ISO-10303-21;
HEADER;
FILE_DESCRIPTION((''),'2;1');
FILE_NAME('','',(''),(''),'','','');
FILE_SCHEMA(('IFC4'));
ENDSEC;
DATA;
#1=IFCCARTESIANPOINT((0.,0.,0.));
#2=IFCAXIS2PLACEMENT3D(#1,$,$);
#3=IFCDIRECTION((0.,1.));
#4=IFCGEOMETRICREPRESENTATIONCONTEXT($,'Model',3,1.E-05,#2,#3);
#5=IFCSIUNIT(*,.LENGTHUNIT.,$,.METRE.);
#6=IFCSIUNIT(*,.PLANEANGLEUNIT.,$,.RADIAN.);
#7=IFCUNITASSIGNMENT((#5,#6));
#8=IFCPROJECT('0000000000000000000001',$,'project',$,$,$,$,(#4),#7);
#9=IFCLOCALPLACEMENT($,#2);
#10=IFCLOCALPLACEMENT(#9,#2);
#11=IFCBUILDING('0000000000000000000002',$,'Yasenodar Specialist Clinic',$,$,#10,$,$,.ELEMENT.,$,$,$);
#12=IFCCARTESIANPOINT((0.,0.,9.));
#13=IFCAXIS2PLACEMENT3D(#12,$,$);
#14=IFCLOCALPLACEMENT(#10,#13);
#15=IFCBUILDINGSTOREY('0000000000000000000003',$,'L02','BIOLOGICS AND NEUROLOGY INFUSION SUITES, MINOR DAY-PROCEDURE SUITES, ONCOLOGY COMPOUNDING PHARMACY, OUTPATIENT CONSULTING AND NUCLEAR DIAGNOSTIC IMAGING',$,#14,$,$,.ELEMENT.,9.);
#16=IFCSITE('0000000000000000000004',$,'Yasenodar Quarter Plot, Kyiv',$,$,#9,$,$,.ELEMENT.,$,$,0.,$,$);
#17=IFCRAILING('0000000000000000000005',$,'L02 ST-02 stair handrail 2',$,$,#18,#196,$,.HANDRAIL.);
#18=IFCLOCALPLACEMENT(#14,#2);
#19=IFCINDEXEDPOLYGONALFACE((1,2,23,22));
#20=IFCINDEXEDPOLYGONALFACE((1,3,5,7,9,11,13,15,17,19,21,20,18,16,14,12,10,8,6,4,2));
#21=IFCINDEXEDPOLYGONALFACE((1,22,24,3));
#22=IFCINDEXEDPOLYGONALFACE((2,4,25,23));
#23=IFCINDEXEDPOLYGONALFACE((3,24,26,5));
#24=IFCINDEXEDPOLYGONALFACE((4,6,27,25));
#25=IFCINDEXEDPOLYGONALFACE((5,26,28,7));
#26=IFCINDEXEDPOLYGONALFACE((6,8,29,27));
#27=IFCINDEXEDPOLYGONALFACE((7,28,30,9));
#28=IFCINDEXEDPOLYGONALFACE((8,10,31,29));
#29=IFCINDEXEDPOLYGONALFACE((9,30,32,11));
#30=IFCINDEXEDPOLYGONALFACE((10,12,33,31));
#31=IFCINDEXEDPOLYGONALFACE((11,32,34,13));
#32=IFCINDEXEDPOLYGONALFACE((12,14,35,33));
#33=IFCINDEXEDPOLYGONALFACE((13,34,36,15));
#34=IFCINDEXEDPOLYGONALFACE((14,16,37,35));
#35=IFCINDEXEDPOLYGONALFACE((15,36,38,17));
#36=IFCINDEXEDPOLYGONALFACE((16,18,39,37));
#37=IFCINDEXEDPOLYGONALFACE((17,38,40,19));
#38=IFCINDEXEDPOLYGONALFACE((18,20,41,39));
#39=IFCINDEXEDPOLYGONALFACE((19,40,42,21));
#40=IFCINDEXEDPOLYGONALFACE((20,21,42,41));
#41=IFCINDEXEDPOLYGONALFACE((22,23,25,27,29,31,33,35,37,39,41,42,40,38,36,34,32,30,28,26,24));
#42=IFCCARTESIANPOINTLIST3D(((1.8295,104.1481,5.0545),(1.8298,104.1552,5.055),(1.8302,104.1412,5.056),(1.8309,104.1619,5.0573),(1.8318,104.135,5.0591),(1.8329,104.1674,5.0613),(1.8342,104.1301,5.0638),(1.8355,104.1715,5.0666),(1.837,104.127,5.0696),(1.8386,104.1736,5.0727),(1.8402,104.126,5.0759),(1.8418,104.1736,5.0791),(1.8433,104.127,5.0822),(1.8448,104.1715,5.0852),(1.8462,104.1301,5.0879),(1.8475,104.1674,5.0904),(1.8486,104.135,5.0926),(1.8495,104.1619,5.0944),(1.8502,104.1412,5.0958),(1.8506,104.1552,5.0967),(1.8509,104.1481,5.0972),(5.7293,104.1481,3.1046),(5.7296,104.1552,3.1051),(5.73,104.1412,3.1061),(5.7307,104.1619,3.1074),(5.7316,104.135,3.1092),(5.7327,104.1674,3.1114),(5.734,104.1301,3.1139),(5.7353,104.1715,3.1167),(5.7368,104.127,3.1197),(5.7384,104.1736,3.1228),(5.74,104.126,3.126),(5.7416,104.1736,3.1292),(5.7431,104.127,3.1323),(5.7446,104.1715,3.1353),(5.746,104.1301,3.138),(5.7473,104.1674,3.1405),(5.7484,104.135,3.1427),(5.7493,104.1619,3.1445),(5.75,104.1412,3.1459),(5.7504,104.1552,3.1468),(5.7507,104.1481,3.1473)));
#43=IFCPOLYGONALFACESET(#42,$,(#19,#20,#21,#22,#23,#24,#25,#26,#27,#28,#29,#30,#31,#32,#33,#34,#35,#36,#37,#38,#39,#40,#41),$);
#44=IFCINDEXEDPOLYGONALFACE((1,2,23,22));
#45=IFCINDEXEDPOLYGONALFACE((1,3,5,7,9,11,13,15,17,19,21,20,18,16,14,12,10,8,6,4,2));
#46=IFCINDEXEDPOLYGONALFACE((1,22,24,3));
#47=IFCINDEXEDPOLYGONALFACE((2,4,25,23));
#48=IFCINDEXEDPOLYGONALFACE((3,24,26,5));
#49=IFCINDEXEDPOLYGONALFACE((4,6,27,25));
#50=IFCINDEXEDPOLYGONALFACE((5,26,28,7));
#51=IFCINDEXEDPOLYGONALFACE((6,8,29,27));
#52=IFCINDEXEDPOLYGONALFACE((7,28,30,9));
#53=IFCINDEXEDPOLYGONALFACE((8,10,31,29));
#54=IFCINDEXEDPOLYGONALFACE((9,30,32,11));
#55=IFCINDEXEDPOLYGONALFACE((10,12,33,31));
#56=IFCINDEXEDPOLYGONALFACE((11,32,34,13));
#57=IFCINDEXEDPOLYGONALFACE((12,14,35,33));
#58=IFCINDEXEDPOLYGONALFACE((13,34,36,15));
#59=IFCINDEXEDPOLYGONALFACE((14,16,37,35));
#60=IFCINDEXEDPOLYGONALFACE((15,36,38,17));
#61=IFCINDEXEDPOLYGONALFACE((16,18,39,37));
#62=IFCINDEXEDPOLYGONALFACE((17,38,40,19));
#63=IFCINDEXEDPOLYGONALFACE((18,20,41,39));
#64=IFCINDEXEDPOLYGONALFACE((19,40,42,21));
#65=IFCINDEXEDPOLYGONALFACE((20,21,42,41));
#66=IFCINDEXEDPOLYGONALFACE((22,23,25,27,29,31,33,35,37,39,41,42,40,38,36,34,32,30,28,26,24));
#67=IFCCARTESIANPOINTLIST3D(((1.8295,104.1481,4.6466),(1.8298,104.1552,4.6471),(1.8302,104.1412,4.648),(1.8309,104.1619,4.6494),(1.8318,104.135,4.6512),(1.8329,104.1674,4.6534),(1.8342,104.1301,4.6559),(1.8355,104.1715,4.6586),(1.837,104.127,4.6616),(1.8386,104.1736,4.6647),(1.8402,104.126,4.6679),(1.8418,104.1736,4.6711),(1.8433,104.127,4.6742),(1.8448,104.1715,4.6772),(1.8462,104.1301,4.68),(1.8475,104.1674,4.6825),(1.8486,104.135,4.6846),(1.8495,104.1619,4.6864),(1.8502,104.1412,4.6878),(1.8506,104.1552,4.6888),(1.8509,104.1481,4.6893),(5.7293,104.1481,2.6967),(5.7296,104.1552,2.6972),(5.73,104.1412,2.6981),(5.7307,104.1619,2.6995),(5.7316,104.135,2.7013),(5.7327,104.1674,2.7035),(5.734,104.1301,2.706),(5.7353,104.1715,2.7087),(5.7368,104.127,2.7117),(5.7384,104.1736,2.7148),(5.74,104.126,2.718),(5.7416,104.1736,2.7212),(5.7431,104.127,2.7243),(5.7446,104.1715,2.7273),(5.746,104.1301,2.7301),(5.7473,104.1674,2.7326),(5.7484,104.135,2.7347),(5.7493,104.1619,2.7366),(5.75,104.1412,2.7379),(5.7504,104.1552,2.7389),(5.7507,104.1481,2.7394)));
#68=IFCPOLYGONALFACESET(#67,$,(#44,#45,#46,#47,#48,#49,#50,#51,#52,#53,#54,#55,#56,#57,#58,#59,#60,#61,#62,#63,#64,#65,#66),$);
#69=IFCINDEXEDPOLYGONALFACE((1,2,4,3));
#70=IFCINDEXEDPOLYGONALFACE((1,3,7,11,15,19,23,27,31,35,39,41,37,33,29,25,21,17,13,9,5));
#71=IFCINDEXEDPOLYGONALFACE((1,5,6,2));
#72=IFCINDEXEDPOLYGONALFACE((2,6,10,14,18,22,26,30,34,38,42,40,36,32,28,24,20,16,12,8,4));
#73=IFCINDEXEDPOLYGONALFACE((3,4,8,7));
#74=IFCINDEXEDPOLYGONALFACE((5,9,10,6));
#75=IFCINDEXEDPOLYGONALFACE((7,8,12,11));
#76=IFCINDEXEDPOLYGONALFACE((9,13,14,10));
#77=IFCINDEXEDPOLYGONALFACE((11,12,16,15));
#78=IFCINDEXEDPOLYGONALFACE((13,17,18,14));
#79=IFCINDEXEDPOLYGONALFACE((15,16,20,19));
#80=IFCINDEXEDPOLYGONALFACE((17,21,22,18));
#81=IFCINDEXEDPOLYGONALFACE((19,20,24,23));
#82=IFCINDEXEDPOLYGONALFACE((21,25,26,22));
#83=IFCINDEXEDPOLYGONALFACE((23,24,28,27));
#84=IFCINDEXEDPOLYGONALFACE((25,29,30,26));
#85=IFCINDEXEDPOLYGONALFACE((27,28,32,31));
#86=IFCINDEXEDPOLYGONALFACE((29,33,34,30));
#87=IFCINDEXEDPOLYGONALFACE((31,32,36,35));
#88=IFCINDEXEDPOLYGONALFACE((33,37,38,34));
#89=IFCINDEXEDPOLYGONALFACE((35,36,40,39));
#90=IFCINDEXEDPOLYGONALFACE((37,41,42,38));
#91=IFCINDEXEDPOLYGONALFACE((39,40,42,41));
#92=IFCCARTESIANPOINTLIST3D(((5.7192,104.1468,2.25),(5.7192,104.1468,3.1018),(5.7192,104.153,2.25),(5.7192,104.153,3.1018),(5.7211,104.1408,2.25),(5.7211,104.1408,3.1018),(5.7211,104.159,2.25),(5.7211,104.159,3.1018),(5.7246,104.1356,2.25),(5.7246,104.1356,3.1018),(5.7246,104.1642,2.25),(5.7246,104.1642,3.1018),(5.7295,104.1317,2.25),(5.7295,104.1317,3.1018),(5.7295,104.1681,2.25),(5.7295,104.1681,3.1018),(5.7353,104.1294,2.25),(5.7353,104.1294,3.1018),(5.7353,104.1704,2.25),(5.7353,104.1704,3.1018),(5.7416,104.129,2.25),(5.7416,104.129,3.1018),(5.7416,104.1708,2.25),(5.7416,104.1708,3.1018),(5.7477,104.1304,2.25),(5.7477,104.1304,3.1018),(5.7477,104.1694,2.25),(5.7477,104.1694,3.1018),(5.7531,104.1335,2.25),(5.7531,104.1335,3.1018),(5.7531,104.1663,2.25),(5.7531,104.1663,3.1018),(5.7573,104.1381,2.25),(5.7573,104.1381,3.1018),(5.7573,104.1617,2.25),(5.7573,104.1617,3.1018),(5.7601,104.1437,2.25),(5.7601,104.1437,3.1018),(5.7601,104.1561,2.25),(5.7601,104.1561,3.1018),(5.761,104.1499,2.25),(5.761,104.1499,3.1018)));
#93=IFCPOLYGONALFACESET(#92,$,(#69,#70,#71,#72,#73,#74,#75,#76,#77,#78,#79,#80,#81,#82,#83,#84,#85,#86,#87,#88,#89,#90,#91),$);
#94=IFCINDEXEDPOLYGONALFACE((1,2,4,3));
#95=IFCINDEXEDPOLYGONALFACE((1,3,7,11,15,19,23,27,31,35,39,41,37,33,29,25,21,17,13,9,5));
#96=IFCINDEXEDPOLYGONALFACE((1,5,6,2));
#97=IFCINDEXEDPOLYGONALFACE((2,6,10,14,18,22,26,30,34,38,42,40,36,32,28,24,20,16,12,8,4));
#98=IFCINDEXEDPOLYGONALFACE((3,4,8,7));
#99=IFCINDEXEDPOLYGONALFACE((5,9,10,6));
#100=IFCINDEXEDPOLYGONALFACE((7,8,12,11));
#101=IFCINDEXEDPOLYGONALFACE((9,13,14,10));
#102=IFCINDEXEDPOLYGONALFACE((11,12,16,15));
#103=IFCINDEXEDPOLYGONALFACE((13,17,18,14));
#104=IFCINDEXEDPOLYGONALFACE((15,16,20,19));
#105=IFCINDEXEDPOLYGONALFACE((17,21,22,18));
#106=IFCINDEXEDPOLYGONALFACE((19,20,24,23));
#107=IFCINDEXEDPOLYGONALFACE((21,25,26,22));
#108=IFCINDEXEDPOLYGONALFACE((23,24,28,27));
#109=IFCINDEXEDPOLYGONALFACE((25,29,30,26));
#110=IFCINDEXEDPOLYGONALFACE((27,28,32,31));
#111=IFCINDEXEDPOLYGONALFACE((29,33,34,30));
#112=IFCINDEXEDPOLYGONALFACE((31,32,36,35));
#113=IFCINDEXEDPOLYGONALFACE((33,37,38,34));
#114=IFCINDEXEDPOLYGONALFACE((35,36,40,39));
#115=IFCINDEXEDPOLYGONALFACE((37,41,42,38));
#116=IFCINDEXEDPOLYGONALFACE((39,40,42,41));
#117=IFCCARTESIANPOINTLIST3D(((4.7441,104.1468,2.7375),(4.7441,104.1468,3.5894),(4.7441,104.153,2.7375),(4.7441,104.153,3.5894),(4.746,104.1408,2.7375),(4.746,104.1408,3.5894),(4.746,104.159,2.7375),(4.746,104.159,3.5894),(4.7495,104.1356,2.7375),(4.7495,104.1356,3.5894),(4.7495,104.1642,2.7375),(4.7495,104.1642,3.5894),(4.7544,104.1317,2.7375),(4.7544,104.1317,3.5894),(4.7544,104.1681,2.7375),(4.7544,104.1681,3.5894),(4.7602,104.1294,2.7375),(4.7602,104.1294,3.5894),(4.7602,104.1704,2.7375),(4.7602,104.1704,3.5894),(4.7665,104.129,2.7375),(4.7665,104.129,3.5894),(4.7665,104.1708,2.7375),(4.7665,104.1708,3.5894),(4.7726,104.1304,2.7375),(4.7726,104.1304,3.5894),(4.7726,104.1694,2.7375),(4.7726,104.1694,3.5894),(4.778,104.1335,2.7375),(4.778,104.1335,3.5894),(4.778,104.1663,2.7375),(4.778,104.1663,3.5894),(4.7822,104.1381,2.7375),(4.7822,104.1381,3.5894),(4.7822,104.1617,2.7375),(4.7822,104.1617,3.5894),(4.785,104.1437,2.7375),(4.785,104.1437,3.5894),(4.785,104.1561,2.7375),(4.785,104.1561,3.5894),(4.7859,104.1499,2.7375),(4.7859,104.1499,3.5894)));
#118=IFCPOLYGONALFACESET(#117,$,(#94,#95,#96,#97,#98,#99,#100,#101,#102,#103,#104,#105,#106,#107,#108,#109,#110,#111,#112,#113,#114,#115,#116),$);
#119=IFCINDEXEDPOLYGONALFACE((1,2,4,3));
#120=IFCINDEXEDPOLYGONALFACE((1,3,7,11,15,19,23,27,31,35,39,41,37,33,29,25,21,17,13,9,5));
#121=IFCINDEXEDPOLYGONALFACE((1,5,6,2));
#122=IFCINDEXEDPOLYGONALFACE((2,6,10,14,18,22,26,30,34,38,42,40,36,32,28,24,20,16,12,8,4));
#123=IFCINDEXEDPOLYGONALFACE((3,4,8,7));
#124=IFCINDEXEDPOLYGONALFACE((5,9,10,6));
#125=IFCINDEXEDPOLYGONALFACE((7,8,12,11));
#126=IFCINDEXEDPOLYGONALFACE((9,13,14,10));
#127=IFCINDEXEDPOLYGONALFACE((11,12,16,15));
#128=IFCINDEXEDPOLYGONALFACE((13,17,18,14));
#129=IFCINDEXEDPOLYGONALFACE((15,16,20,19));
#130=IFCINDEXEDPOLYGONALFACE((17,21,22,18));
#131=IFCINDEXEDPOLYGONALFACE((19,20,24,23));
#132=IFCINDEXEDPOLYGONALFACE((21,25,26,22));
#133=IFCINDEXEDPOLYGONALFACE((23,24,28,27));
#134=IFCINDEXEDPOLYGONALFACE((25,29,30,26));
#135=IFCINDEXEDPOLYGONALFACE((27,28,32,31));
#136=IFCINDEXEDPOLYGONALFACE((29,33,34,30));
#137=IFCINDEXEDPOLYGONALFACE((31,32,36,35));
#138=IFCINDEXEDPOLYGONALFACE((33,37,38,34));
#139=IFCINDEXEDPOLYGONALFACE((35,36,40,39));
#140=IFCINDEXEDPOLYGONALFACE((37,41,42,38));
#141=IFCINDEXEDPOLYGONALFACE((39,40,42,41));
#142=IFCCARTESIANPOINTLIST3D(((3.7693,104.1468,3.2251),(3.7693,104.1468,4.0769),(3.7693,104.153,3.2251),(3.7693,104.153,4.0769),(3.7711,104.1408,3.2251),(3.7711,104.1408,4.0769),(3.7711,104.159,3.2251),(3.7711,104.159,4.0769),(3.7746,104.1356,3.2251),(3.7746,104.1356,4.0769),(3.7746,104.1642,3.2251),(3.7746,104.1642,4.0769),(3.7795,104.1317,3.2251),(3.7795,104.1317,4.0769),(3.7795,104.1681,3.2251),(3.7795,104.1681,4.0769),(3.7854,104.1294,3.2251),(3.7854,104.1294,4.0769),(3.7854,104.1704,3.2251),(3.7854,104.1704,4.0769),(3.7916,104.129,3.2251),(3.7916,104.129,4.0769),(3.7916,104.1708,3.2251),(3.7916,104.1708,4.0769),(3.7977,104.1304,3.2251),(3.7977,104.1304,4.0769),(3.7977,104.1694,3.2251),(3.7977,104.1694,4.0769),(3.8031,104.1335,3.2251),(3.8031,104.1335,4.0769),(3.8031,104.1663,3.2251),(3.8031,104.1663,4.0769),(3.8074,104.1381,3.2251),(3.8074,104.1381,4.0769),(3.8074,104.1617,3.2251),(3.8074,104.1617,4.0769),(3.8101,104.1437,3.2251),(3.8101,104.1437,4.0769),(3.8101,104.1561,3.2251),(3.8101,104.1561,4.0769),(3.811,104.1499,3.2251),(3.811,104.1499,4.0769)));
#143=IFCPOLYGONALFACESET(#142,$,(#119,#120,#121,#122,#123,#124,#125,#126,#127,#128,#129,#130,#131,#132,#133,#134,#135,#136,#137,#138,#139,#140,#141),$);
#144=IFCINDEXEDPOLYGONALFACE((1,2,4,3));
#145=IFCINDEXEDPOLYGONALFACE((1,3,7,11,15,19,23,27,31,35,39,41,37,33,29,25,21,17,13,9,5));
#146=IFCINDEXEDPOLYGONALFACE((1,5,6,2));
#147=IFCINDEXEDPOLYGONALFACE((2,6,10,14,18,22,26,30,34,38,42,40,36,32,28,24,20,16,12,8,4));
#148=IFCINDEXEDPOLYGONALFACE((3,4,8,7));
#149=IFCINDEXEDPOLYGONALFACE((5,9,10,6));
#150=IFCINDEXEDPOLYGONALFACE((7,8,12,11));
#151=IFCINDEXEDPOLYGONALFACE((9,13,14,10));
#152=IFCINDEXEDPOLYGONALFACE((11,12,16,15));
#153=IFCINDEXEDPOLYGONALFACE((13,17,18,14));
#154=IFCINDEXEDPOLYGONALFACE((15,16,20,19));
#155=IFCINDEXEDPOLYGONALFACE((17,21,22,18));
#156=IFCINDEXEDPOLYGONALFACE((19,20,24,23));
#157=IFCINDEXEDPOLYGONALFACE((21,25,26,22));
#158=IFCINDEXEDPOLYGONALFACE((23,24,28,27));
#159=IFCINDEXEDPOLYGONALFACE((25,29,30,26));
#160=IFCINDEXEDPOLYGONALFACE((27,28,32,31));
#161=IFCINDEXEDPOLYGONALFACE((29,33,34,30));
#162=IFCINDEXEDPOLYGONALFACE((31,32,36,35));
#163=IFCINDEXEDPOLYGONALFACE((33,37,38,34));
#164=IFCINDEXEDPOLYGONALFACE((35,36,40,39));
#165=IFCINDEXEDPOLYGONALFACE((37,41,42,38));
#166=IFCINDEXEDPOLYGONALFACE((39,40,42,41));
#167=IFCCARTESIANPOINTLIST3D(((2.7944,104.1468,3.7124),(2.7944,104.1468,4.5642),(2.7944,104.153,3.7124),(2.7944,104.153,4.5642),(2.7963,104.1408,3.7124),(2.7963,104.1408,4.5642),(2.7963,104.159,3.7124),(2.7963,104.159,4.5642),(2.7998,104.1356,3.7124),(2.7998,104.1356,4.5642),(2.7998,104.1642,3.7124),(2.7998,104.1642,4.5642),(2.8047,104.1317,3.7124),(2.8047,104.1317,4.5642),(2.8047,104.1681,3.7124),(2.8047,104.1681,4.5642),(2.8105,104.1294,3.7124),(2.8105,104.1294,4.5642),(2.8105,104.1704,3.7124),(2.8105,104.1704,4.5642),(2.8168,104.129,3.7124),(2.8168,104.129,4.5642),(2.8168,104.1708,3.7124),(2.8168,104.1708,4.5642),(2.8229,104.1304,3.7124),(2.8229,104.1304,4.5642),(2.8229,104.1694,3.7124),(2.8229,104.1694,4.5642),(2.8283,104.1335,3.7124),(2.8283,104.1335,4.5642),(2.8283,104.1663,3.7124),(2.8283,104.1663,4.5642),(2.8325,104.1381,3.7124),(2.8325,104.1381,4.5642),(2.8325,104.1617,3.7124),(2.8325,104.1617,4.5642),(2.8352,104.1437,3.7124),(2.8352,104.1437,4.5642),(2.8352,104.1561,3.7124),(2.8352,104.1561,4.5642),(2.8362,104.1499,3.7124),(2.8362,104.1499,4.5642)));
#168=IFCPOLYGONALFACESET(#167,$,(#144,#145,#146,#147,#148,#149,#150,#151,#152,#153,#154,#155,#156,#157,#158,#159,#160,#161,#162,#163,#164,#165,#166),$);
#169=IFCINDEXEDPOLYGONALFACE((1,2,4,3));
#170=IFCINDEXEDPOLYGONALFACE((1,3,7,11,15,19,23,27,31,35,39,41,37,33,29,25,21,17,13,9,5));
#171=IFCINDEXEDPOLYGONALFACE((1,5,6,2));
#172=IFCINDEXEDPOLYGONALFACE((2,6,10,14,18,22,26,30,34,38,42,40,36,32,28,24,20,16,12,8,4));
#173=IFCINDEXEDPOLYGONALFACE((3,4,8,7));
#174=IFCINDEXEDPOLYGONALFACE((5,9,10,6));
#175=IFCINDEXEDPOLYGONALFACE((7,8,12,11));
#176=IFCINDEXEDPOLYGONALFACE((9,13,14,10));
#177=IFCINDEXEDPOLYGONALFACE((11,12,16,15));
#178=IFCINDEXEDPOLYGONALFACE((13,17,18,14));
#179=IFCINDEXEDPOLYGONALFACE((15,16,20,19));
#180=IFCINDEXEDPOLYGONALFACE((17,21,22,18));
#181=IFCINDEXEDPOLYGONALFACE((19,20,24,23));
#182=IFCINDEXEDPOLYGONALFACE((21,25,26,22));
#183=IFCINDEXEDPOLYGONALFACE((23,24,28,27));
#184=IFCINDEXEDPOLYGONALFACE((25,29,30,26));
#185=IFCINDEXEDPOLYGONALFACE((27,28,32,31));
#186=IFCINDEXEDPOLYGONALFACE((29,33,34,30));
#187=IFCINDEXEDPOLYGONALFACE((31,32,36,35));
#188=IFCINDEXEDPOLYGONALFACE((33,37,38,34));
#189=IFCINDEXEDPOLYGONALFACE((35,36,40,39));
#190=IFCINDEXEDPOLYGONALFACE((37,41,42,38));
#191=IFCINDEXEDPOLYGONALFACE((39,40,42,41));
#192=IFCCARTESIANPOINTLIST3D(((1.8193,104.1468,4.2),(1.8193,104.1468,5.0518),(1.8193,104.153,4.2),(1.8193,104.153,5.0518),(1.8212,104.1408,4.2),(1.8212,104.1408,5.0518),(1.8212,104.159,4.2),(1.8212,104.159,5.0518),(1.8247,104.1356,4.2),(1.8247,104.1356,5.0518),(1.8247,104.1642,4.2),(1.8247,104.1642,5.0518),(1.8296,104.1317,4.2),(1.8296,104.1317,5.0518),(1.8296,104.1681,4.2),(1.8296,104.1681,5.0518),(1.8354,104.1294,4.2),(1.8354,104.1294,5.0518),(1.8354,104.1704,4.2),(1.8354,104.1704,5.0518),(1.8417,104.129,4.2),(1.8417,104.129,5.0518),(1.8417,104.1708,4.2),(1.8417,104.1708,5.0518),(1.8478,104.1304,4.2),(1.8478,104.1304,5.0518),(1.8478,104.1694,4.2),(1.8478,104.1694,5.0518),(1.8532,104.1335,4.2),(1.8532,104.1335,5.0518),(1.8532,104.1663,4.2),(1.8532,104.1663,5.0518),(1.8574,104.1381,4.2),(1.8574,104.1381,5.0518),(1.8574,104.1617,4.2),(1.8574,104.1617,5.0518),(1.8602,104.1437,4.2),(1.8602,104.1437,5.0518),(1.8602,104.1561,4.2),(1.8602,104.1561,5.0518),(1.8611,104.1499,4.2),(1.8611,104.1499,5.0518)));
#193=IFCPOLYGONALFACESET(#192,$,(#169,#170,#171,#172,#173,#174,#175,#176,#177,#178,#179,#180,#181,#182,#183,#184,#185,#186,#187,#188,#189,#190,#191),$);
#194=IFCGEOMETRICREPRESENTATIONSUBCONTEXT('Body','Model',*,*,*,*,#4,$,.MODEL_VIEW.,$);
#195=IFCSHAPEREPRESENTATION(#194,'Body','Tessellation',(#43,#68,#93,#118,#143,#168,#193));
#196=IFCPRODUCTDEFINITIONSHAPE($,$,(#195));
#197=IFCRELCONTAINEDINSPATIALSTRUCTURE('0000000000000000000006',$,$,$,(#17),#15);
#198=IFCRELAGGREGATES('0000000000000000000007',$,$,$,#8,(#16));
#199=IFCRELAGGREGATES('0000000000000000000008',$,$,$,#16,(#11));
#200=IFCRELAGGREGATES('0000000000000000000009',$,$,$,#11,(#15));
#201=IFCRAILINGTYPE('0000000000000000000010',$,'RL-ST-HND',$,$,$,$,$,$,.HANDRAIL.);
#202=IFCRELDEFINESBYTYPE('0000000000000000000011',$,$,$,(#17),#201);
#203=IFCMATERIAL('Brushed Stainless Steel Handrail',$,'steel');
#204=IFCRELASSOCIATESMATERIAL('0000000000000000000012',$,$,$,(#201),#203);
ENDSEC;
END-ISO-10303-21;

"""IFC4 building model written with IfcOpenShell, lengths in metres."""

from ifc_helpers import new_model, si_unit, direction, frame, origin, origin_2d, place, context, subcontext, project, spatial, circle, extrude, material, type_object, element, save


model = new_model("IFC4")

# Units and contexts
model_context = context("Model", 3, precision=1e-05, world=origin(), true_north=direction((0.0, 1.0)))
body_context = subcontext(model_context, "Body", "Model", "MODEL_VIEW")
ifc_project = project(units=[si_unit("LENGTHUNIT", "METRE"), si_unit("PLANEANGLEUNIT", "RADIAN")], contexts=[model_context])

# Site, building, storey
site_placement = place(None, origin())
site = spatial("IfcSite", under=ifc_project, at=site_placement, Name="Yasenodar Quarter Plot, Kyiv", CompositionType="ELEMENT", RefElevation=0.0)
building_placement = place(site_placement, origin())
building = spatial("IfcBuilding", under=site, at=building_placement, Name="Yasenodar Specialist Clinic", CompositionType="ELEMENT")
storey_placement = place(building_placement, frame((0.0, 0.0, 9.0)))
storey = spatial("IfcBuildingStorey", under=building, at=storey_placement, Name="L02", Description="BIOLOGICS AND NEUROLOGY INFUSION SUITES, MINOR DAY-PROCEDURE SUITES, ONCOLOGY COMPOUNDING PHARMACY, OUTPATIENT CONSULTING AND NUCLEAR DIAGNOSTIC IMAGING", CompositionType="ELEMENT", Elevation=9.0)

# Railing
ifc_material_1 = material(Name="Brushed Stainless Steel Handrail", Category="steel")
railing_type_1 = type_object("IfcRailingType", Name="RL-ST-HND", PredefinedType="HANDRAIL", material=ifc_material_1)
railing_1_placement = place(storey_placement, frame((5.74, 104.1499, 2.25)))
element("IfcRailing", 1, at=railing_1_placement, inside=storey, type_object=railing_type_1, Name="L02 ST-02 stair handrail 2", PredefinedType="HANDRAIL", context=body_context, shape_type="SweptSolid", body=[
    extrude(circle(Radius=0.0239, at=origin_2d()), frame((0.0, 0.0, 0.876), z_axis=(-0.894427, 0.0, 0.447214), x_axis=(0.0, -1.0, 0.0)), (0.0, 0.0, 1.0), 4.3601),
    extrude(circle(Radius=0.0239, at=origin_2d()), frame((0.0, 0.0, 0.468), z_axis=(-0.894427, 0.0, 0.447214), x_axis=(0.0, -1.0, 0.0)), (0.0, 0.0, 1.0), 4.3601),
    extrude(circle(Radius=0.021, at=origin_2d()), origin(), (0.0, 0.0, 1.0), 0.8518),
    extrude(circle(Radius=0.021, at=origin_2d()), frame((-0.9751, 0.0, 0.4875)), (0.0, 0.0, 1.0), 0.8518),
    extrude(circle(Radius=0.021, at=origin_2d()), frame((-1.95, 0.0, 0.9751)), (0.0, 0.0, 1.0), 0.8518),
    extrude(circle(Radius=0.021, at=origin_2d()), frame((-2.9248, 0.0, 1.4624)), (0.0, 0.0, 1.0), 0.8518),
    extrude(circle(Radius=0.021, at=origin_2d()), frame((-3.8999, 0.0, 1.95)), (0.0, 0.0, 1.0), 0.8518),
])

save(model, "model.ifc")
